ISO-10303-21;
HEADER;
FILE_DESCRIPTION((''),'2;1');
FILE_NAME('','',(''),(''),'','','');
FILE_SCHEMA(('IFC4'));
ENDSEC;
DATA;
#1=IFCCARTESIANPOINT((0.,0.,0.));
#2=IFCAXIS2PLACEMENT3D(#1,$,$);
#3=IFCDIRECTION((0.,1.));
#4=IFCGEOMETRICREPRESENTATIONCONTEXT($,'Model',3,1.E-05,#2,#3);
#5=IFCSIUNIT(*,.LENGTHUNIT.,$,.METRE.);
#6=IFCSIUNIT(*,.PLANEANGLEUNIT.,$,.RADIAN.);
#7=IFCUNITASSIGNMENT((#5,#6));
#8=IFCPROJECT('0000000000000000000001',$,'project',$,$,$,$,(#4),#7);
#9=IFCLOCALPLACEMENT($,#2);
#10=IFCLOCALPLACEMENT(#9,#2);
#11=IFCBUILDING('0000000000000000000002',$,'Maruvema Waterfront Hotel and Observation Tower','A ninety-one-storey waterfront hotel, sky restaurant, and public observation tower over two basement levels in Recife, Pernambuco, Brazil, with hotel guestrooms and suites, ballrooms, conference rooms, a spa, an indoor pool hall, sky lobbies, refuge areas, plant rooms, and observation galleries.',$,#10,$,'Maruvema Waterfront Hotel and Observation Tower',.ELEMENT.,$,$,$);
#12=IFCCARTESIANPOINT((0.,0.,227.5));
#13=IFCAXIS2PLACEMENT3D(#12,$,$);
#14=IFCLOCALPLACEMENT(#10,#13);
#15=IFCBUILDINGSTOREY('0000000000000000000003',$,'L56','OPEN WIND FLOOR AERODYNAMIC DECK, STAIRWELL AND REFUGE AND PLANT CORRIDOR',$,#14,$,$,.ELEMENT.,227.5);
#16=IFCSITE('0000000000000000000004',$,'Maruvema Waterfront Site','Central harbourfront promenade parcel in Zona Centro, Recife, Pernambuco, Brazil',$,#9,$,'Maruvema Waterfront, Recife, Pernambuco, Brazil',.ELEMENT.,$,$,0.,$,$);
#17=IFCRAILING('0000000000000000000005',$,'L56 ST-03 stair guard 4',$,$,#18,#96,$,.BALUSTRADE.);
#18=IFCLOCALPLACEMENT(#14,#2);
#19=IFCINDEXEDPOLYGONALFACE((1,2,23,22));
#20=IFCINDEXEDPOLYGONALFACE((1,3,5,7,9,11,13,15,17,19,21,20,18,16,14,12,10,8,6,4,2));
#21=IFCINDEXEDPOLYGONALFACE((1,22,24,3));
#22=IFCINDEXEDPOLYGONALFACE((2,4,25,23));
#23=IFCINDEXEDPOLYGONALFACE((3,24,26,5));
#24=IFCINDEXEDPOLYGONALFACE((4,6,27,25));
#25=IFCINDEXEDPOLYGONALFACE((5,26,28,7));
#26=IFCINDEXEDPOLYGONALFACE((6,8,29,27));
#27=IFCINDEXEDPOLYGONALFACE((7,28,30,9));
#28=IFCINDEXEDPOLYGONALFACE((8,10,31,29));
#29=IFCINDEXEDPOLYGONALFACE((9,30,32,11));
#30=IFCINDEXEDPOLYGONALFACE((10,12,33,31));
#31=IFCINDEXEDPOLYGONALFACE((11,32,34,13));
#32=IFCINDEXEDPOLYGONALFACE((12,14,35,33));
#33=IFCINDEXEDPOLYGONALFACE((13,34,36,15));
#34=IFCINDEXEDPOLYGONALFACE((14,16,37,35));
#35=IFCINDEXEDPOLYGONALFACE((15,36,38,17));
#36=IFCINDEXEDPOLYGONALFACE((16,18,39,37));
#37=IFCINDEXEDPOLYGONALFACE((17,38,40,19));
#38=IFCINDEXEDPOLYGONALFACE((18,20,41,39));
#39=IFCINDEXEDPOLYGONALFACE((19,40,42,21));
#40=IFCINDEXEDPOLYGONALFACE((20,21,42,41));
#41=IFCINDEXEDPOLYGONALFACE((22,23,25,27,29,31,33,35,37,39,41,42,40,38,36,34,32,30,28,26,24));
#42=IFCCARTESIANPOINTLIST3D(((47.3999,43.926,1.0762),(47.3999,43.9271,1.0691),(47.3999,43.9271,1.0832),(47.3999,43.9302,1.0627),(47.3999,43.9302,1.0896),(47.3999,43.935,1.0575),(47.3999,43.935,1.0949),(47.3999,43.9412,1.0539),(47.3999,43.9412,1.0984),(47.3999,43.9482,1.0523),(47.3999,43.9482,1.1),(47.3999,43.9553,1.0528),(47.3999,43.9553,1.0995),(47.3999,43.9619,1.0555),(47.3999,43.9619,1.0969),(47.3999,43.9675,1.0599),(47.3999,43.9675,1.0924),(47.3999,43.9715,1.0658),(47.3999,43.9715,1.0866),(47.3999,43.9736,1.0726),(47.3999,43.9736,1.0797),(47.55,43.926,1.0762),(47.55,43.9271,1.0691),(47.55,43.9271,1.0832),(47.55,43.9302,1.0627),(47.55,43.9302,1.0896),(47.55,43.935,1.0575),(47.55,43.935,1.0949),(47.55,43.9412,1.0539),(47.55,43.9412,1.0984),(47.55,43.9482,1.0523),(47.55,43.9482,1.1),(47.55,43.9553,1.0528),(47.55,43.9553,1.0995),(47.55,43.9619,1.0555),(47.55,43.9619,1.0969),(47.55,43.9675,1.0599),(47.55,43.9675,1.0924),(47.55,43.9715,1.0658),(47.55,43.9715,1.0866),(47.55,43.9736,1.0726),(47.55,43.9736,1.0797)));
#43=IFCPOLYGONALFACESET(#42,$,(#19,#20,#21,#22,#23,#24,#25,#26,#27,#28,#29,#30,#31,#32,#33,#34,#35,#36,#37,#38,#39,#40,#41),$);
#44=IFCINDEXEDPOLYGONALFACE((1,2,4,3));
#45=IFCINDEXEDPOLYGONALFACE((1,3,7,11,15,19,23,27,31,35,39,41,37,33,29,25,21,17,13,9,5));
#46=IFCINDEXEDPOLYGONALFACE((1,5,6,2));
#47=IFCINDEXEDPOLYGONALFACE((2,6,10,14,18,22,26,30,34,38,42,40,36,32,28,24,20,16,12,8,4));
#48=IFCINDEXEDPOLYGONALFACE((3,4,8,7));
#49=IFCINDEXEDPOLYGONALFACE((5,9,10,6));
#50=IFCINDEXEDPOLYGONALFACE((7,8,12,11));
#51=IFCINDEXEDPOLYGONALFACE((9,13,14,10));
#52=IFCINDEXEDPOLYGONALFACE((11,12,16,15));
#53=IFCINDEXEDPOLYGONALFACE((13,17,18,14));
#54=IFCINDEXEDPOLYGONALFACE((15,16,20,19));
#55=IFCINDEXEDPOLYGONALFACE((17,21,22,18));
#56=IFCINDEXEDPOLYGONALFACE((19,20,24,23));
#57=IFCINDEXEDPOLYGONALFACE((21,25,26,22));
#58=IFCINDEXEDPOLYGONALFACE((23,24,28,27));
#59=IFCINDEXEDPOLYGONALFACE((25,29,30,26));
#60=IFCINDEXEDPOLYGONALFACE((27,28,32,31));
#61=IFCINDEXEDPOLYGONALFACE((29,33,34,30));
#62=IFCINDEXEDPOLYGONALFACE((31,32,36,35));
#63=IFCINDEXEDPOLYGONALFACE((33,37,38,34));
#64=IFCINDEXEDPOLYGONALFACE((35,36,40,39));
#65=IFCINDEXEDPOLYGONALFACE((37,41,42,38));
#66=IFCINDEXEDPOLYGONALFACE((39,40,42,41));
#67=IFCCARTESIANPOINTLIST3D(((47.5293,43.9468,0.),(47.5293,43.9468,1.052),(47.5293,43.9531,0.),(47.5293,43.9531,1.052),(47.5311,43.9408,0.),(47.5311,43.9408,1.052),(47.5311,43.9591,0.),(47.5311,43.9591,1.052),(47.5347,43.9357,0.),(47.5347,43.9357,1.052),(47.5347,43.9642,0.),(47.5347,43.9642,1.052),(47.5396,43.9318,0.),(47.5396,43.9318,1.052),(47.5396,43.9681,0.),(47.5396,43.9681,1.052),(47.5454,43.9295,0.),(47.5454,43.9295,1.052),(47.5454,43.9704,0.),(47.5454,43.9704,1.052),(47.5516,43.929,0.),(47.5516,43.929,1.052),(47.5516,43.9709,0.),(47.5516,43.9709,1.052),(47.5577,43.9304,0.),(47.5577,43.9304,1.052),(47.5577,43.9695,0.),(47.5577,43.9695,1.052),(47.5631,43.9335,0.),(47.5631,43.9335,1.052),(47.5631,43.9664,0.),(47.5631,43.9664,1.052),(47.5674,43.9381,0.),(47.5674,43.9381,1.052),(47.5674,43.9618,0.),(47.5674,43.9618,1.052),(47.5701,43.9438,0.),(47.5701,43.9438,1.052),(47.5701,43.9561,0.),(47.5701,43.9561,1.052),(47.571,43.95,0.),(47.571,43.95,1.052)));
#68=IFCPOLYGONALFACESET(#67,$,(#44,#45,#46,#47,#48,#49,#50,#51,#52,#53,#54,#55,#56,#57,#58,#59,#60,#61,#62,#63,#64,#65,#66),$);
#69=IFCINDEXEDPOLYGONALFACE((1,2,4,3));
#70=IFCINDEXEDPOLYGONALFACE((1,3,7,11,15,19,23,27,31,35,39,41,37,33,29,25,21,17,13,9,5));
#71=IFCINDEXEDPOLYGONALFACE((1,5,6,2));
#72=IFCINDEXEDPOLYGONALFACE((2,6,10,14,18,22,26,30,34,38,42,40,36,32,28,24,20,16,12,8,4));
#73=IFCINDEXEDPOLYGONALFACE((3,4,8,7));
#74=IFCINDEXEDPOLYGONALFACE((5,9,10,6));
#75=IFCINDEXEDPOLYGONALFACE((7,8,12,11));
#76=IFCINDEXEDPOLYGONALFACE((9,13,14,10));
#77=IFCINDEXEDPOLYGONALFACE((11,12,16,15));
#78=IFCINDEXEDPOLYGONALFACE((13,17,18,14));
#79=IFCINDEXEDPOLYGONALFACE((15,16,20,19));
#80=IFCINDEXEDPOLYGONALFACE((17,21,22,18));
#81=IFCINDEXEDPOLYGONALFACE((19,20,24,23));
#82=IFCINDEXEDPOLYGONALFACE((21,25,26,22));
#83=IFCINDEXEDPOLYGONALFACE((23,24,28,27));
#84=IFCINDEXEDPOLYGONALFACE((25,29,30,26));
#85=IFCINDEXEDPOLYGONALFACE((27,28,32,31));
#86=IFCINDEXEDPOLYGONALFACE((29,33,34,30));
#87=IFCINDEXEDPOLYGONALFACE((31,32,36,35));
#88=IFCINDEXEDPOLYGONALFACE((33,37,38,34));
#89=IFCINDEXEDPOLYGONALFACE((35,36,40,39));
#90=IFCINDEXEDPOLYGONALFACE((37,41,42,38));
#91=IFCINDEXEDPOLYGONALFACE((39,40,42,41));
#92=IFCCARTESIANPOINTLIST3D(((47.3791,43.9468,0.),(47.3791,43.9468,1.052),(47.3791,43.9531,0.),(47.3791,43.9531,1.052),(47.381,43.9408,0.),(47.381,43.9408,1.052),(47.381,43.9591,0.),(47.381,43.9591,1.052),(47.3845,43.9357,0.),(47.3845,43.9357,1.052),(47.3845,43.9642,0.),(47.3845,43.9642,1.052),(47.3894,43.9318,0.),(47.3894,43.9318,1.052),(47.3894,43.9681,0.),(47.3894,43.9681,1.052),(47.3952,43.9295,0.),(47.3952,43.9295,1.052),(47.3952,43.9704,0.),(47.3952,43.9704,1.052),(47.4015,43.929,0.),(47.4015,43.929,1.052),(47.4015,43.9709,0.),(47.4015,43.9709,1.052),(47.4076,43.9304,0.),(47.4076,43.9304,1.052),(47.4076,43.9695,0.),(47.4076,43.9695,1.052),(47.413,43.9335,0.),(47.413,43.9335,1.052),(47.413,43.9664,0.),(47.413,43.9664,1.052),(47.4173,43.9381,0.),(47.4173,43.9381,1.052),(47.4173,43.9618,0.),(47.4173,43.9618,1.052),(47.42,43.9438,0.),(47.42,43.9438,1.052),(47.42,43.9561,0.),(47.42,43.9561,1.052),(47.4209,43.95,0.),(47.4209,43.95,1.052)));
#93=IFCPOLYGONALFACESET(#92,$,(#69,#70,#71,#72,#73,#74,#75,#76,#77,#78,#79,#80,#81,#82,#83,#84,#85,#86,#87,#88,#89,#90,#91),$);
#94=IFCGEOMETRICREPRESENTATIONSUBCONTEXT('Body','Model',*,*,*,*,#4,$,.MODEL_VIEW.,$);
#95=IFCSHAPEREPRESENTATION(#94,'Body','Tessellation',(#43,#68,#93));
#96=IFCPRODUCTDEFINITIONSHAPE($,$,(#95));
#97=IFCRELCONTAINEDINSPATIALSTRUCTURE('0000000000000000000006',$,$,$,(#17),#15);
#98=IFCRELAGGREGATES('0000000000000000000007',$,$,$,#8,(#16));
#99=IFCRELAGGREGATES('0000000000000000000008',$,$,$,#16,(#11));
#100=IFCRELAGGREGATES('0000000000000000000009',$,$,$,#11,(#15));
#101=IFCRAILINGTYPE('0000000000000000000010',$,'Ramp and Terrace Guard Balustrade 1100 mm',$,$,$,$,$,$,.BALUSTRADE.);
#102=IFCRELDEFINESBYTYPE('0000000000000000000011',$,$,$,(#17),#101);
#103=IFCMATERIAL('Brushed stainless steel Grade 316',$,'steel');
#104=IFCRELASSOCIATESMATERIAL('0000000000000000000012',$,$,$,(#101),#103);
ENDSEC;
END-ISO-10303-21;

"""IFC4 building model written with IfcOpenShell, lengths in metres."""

from ifc_helpers import new_model, si_unit, direction, frame, origin, origin_2d, place, context, subcontext, project, spatial, circle, extrude, material, type_object, element, save


model = new_model("IFC4")

# Units and contexts
model_context = context("Model", 3, precision=1e-05, world=origin(), true_north=direction((0.0, 1.0)))
body_context = subcontext(model_context, "Body", "Model", "MODEL_VIEW")
ifc_project = project(units=[si_unit("LENGTHUNIT", "METRE"), si_unit("PLANEANGLEUNIT", "RADIAN")], contexts=[model_context])

# Site, building, storey
site_placement = place(None, origin())
site = spatial("IfcSite", under=ifc_project, at=site_placement, Name="Maruvema Waterfront Site", Description="Central harbourfront promenade parcel in Zona Centro, Recife, Pernambuco, Brazil", LongName="Maruvema Waterfront, Recife, Pernambuco, Brazil", CompositionType="ELEMENT", RefElevation=0.0)
building_placement = place(site_placement, origin())
building = spatial("IfcBuilding", under=site, at=building_placement, Name="Maruvema Waterfront Hotel and Observation Tower", Description="A ninety-one-storey waterfront hotel, sky restaurant, and public observation tower over two basement levels in Recife, Pernambuco, Brazil, with hotel guestrooms and suites, ballrooms, conference rooms, a spa, an indoor pool hall, sky lobbies, refuge areas, plant rooms, and observation galleries.", LongName="Maruvema Waterfront Hotel and Observation Tower", CompositionType="ELEMENT")
storey_placement = place(building_placement, frame((0.0, 0.0, 227.5)))
storey = spatial("IfcBuildingStorey", under=building, at=storey_placement, Name="L56", Description="OPEN WIND FLOOR AERODYNAMIC DECK, STAIRWELL AND REFUGE AND PLANT CORRIDOR", CompositionType="ELEMENT", Elevation=227.5)

# Railing
ifc_material_1 = material(Name="Brushed stainless steel Grade 316", Category="steel")
railing_type_1 = type_object("IfcRailingType", Name="Ramp and Terrace Guard Balustrade 1100 mm", PredefinedType="BALUSTRADE", material=ifc_material_1)
railing_1_placement = place(storey_placement, frame((47.55, 43.95, 0.0)))
element("IfcRailing", 1, at=railing_1_placement, inside=storey, type_object=railing_type_1, Name="L56 ST-03 stair guard 4", PredefinedType="BALUSTRADE", context=body_context, shape_type="SweptSolid", body=[
    extrude(circle(Radius=0.0239, at=origin_2d()), frame((0.0, 0.0, 1.0762), z_axis=(-1.0, 0.0, 0.0), x_axis=(0.0, -1.0, 0.0)), (0.0, 0.0, 1.0), 0.1501),
    extrude(circle(Radius=0.021, at=origin_2d()), origin(), (0.0, 0.0, 1.0), 1.052),
    extrude(circle(Radius=0.021, at=origin_2d()), frame((-0.1501, 0.0, 0.0)), (0.0, 0.0, 1.0), 1.052),
])

save(model, "model.ifc")
